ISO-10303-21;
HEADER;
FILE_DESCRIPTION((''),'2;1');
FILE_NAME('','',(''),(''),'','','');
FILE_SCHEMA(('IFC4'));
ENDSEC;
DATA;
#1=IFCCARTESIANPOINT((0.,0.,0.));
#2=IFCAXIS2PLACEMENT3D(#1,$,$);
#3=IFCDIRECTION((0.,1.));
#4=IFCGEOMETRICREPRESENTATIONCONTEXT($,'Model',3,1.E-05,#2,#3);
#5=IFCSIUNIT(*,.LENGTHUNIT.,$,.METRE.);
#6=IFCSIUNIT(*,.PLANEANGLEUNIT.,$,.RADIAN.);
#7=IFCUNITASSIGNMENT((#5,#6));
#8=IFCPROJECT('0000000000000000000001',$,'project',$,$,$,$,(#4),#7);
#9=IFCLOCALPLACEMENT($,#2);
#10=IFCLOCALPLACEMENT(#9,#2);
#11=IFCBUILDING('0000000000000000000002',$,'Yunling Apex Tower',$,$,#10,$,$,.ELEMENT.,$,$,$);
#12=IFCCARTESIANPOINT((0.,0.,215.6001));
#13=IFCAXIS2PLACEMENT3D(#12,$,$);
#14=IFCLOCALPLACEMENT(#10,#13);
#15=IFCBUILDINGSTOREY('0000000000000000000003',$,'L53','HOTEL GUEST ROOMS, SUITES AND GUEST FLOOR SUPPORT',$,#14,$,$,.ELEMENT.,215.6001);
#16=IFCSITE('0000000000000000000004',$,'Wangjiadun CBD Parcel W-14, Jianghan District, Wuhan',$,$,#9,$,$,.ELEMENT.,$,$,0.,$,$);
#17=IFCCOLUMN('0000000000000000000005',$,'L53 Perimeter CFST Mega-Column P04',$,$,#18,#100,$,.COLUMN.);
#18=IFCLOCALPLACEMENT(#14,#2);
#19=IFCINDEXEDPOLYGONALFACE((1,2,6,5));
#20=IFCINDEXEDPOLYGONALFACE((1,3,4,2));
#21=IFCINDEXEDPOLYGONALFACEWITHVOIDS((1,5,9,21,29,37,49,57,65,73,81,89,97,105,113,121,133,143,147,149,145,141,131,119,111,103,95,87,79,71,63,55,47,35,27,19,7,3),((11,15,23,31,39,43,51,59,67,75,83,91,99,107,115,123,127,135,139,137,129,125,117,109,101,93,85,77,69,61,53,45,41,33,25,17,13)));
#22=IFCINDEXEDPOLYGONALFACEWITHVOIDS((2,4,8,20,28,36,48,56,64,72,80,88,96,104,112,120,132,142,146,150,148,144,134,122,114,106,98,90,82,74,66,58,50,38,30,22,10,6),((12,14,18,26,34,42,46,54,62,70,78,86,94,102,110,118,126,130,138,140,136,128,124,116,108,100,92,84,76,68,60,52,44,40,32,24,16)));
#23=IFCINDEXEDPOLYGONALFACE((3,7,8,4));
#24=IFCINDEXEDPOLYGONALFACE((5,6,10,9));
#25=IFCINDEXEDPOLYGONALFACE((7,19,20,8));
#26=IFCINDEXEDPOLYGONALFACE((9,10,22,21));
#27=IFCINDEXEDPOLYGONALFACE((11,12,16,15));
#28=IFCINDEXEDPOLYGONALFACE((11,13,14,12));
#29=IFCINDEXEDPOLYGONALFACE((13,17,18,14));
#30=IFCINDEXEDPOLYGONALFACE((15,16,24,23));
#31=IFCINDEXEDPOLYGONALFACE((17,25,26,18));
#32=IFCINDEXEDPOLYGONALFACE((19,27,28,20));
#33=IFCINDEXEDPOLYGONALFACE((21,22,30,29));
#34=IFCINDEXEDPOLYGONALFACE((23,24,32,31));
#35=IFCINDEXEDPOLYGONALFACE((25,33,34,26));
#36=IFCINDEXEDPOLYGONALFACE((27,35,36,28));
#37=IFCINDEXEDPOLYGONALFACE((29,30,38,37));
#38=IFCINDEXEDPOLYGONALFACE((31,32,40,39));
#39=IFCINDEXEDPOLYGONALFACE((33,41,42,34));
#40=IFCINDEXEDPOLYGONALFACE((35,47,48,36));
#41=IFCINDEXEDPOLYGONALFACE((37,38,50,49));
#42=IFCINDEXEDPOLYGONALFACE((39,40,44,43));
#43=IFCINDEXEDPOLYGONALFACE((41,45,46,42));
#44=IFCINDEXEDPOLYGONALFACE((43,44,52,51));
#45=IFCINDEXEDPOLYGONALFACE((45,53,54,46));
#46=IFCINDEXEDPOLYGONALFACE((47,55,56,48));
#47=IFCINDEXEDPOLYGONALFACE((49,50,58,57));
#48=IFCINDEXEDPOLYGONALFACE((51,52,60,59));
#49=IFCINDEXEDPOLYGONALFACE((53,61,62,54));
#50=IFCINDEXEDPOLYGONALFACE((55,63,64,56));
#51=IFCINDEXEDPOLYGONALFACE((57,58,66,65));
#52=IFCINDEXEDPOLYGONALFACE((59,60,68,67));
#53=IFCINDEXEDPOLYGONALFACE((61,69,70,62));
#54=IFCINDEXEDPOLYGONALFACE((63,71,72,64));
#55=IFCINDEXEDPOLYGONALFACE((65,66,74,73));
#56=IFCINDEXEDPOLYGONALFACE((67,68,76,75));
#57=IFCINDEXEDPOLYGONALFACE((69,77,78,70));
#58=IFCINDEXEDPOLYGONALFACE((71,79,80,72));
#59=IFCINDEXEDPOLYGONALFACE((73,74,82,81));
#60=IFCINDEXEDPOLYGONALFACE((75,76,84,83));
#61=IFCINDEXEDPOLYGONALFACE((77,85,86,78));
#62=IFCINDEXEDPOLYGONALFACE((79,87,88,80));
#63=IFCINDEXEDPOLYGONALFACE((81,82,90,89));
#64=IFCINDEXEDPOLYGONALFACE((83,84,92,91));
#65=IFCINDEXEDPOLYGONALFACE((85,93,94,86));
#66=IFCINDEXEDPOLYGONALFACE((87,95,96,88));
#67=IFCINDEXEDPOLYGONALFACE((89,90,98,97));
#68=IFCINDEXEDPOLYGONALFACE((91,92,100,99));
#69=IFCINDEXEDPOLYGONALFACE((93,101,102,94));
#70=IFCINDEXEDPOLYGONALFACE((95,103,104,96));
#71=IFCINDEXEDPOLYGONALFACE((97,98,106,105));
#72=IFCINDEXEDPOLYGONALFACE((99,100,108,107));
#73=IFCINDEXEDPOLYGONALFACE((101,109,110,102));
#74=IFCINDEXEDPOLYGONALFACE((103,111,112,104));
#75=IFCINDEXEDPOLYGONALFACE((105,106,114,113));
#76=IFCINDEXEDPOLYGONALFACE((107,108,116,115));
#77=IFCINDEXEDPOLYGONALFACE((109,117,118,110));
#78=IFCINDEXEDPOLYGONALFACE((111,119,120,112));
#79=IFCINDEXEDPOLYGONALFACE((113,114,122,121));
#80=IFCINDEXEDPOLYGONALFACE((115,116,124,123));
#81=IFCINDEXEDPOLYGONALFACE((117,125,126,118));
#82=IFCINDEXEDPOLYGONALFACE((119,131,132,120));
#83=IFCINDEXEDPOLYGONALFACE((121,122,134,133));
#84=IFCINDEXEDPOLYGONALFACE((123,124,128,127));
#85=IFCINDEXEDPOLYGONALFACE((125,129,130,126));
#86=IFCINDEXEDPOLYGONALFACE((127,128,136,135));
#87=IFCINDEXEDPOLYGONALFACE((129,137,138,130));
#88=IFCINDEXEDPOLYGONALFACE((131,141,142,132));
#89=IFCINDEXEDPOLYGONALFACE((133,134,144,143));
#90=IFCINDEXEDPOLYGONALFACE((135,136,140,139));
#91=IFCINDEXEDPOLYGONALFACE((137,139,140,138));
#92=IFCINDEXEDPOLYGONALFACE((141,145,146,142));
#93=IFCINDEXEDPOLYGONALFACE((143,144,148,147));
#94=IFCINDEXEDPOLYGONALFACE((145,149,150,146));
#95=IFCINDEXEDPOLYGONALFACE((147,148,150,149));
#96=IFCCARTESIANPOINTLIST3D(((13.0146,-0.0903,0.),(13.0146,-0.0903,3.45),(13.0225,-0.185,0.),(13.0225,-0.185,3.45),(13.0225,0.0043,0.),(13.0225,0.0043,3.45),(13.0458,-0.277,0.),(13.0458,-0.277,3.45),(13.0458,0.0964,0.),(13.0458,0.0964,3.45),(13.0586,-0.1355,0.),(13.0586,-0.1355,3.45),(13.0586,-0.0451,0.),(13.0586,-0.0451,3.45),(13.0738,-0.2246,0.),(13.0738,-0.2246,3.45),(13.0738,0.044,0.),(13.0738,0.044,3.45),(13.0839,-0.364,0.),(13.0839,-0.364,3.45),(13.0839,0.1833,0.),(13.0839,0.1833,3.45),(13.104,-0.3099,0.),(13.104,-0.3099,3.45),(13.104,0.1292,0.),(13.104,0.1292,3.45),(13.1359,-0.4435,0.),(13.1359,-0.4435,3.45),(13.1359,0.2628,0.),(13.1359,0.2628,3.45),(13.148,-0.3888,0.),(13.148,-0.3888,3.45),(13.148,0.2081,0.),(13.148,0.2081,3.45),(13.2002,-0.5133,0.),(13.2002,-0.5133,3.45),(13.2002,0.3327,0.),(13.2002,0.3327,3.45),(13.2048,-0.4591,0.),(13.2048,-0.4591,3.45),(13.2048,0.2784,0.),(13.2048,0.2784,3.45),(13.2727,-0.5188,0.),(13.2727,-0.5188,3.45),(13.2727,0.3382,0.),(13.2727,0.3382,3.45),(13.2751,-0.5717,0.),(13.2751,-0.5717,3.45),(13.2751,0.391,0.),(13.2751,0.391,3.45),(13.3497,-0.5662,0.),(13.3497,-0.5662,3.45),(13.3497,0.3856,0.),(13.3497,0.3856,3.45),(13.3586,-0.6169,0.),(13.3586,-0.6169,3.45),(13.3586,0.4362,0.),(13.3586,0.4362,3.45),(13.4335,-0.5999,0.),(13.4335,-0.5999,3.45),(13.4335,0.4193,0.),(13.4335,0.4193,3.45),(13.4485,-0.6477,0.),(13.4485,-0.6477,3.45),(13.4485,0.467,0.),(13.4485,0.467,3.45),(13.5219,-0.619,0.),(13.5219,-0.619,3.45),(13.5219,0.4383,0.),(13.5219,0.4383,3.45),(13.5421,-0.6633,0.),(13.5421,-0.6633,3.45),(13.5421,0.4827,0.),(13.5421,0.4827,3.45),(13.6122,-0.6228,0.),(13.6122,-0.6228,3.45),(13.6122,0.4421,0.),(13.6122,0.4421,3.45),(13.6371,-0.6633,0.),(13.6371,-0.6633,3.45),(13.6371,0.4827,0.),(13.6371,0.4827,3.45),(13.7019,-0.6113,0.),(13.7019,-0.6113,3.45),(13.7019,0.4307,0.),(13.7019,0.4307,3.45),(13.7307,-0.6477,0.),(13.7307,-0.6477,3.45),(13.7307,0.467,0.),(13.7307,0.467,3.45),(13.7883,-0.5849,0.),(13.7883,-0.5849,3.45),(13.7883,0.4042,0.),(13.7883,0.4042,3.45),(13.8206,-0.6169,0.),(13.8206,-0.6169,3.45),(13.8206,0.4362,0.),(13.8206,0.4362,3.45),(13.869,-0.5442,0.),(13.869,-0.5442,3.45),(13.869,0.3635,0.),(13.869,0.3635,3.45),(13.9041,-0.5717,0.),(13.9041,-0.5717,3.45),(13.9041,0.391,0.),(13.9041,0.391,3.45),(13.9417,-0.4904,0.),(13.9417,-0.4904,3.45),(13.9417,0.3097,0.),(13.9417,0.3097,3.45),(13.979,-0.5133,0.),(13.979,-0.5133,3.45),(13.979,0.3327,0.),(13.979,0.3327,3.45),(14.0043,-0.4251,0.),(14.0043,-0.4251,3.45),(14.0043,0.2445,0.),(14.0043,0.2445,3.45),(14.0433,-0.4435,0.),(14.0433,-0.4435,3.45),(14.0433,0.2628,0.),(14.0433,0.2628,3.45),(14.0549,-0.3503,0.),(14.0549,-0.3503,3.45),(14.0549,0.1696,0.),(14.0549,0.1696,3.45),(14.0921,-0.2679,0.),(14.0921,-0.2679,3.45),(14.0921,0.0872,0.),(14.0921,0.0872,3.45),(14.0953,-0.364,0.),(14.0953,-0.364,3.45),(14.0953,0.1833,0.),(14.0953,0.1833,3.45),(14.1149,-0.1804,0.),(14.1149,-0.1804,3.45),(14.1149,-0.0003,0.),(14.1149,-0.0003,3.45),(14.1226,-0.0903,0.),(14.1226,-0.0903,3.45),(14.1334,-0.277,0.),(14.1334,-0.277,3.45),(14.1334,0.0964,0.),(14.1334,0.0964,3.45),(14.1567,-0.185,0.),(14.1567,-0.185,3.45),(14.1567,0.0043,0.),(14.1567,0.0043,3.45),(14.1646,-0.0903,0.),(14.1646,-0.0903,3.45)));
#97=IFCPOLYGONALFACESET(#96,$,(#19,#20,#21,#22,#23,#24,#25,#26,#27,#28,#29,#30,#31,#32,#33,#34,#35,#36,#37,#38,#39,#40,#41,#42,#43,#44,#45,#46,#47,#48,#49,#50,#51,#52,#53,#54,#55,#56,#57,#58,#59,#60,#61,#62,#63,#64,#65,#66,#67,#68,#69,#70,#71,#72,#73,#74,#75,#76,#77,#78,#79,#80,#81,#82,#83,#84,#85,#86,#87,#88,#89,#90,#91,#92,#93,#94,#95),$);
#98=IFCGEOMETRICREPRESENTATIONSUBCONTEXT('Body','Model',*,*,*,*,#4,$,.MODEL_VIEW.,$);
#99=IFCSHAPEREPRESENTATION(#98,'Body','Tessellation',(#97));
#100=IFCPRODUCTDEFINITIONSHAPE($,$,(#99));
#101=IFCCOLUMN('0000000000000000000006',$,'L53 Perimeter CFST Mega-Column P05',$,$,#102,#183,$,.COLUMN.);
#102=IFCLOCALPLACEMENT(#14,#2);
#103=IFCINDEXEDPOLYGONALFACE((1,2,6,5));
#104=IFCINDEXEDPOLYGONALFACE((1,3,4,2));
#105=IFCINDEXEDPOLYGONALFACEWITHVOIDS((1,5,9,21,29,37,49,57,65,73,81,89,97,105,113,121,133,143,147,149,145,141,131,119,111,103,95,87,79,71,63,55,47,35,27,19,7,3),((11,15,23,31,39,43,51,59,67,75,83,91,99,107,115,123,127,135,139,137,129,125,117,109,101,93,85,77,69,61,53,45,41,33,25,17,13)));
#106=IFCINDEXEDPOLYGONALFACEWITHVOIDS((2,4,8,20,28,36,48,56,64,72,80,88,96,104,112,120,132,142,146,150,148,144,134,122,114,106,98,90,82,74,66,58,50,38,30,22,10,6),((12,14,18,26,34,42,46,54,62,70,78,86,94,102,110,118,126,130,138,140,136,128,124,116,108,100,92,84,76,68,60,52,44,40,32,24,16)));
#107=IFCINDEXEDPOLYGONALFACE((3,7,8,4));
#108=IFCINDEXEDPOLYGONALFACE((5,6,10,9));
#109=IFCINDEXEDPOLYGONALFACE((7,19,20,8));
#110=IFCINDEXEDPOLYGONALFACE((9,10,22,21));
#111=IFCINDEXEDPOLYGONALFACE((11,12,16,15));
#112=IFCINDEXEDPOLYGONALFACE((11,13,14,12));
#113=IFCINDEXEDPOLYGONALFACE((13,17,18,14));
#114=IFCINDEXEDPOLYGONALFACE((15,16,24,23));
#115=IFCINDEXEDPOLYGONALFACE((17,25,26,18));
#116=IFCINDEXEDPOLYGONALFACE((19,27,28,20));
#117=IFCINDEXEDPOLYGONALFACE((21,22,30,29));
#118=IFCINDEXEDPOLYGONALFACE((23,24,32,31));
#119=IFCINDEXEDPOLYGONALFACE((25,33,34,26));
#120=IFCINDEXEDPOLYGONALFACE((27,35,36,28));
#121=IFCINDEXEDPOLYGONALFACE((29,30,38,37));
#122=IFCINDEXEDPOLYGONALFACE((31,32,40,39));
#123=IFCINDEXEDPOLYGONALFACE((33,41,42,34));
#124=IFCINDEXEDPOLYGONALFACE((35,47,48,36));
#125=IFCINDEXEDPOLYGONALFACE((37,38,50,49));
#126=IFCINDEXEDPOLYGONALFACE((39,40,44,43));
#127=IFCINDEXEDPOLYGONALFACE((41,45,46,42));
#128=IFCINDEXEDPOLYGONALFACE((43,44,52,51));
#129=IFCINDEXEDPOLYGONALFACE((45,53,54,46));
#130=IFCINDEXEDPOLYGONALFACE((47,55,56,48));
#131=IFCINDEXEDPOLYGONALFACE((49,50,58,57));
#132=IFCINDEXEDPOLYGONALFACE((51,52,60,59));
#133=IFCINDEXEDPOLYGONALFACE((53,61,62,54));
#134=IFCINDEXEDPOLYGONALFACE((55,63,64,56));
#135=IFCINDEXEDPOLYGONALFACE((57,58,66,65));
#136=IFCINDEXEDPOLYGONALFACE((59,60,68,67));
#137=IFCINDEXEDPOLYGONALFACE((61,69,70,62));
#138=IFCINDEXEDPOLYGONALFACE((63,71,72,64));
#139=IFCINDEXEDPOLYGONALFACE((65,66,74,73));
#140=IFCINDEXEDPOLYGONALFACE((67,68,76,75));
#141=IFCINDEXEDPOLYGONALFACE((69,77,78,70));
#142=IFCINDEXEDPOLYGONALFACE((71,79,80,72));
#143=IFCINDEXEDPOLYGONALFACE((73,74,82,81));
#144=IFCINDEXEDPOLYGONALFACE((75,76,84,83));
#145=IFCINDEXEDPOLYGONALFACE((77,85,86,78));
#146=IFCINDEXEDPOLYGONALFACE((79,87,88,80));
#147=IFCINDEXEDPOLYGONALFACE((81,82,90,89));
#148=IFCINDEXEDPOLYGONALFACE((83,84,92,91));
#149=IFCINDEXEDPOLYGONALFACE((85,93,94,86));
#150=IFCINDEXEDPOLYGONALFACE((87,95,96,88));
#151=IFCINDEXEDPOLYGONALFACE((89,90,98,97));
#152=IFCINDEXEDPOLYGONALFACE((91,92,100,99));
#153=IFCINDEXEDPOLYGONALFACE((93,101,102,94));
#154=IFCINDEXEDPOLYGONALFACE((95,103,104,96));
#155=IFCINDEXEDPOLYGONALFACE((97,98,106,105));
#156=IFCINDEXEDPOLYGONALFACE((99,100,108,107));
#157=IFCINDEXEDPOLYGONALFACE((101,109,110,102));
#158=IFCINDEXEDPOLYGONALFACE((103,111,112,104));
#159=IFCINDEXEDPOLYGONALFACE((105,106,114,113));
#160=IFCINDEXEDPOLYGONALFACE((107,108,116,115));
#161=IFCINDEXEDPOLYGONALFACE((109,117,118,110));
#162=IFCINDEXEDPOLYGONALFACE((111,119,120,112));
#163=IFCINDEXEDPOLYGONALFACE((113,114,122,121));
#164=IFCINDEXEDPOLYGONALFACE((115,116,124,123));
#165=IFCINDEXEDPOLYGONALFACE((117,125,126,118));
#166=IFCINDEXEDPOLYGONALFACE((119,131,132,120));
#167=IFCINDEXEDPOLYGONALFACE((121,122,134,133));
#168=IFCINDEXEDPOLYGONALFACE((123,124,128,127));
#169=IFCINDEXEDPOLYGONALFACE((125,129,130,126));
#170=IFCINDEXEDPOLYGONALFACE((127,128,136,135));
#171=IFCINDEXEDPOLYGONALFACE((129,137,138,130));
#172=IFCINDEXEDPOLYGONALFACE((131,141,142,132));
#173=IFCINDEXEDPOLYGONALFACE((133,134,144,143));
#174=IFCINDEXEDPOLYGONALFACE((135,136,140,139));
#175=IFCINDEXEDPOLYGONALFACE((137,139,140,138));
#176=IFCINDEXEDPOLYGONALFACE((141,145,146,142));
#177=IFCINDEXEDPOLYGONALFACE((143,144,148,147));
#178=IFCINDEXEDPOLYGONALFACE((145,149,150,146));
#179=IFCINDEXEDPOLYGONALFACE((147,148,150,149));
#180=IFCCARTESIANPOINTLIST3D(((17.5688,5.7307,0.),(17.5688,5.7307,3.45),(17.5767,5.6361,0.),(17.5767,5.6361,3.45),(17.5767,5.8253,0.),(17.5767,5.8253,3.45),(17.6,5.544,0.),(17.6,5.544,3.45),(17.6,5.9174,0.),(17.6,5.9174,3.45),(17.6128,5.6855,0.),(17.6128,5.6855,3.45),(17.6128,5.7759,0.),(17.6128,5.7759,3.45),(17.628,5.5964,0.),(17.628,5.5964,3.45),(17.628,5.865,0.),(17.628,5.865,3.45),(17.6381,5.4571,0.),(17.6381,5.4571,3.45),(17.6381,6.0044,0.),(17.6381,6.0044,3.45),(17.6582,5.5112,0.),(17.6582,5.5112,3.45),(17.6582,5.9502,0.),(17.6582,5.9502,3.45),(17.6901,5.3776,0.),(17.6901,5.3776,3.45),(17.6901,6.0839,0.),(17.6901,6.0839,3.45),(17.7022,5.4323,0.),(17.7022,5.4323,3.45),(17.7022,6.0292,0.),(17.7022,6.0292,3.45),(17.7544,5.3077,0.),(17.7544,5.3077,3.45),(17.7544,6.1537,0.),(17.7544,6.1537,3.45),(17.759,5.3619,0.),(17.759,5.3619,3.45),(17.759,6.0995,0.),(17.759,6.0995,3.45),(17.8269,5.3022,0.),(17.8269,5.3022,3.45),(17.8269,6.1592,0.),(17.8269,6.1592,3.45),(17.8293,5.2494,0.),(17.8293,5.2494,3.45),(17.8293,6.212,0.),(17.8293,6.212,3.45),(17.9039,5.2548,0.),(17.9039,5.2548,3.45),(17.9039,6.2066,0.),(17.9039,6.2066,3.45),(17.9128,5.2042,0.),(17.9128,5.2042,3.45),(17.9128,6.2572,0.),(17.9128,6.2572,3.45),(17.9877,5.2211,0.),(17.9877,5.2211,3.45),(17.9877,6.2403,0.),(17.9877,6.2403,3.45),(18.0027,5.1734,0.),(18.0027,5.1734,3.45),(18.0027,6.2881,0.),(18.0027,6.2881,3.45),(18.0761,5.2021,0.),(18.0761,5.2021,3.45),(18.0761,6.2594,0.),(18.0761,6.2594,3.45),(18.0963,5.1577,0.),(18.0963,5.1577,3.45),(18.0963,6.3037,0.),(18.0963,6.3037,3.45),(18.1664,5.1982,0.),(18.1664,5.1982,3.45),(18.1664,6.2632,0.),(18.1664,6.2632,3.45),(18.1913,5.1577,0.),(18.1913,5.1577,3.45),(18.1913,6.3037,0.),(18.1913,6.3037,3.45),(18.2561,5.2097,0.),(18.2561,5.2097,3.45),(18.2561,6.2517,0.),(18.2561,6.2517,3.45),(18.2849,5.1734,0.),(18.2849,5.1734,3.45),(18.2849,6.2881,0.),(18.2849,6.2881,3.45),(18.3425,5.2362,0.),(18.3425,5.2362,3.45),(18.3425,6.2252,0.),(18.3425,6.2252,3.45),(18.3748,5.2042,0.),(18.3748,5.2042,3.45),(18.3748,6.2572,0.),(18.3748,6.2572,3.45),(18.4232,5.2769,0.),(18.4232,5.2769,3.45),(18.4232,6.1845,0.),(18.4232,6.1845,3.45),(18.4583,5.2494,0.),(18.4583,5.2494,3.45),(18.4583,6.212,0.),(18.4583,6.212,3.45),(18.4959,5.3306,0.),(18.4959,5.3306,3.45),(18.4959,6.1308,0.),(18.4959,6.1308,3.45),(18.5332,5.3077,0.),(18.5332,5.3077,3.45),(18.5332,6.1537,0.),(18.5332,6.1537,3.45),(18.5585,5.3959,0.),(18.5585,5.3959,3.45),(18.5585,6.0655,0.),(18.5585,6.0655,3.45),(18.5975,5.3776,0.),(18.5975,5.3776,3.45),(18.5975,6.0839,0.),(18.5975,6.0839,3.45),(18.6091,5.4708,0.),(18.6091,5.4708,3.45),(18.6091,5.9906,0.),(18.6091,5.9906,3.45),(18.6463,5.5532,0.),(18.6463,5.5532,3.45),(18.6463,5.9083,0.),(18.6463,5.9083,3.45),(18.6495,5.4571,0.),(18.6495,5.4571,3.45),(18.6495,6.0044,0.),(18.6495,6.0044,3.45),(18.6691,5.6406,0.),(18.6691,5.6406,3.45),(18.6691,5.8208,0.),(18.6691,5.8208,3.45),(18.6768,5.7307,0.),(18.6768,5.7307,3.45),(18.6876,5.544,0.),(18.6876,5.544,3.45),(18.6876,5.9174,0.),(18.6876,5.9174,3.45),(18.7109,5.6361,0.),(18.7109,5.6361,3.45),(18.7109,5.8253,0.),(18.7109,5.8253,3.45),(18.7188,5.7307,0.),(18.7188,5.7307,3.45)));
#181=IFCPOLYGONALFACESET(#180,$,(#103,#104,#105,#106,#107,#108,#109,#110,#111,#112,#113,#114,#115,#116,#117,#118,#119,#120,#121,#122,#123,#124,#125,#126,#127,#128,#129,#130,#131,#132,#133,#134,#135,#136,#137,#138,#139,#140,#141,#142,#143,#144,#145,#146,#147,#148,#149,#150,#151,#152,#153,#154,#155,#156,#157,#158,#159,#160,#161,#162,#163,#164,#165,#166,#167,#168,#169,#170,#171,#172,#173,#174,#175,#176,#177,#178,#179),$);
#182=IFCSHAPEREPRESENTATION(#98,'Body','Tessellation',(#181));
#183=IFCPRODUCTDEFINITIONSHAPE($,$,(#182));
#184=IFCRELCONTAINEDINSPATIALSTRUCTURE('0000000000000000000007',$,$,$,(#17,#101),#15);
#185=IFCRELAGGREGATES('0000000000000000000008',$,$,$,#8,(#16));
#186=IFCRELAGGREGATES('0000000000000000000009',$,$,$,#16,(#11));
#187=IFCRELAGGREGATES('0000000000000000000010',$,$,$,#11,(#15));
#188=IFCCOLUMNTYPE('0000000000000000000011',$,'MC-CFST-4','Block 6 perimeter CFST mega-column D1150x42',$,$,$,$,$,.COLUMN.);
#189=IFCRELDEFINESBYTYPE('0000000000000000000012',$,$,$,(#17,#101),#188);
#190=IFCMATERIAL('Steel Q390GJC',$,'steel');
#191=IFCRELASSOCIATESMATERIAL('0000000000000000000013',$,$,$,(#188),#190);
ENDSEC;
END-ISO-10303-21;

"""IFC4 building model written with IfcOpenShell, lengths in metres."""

from ifc_helpers import new_model, si_unit, direction, frame, origin, origin_2d, place, context, subcontext, project, spatial, hollow_circle, extrude, source, transform, mapped, material, material_profile, profile_set, type_object, element, save


model = new_model("IFC4")

# Units and contexts
model_context = context("Model", 3, precision=1e-05, world=origin(), true_north=direction((0.0, 1.0)))
body_context = subcontext(model_context, "Body", "Model", "MODEL_VIEW")
ifc_project = project(units=[si_unit("LENGTHUNIT", "METRE"), si_unit("PLANEANGLEUNIT", "RADIAN")], contexts=[model_context])

# Site, building, storey
site_placement = place(None, origin())
site = spatial("IfcSite", under=ifc_project, at=site_placement, Name="Wangjiadun CBD Parcel W-14, Jianghan District, Wuhan", CompositionType="ELEMENT", RefElevation=0.0)
building_placement = place(site_placement, origin())
building = spatial("IfcBuilding", under=site, at=building_placement, Name="Yunling Apex Tower", CompositionType="ELEMENT")
storey_placement = place(building_placement, frame((0.0, 0.0, 215.6001)))
storey = spatial("IfcBuildingStorey", under=building, at=storey_placement, Name="L53", Description="HOTEL GUEST ROOMS, SUITES AND GUEST FLOOR SUPPORT", CompositionType="ELEMENT", Elevation=215.6001)

# Columns
ifc_material_1 = material(Name="Steel Q390GJC", Category="steel")
ifc_material_profile_1 = material_profile(ifc_material_1, hollow_circle(Radius=0.575, WallThickness=0.042, at=origin_2d()))
ifc_profile_set_1 = profile_set([ifc_material_profile_1], Name="Steel Q390GJC")
column_type = type_object("IfcColumnType", Name="MC-CFST-4", Description="Block 6 perimeter CFST mega-column D1150x42", PredefinedType="COLUMN", material=ifc_profile_set_1)
shared_shape_1 = source(origin(), body_context, "Body", "SweptSolid", [
    extrude(hollow_circle(Radius=0.575, WallThickness=0.042, at=origin_2d()), origin(), (0.0, 0.0, 1.0), 3.45),
])
for number, where, z_axis, x_axis, name in (
    (1, (13.5896, -0.0903, 0.0), (0.0, 0.0, 1.0), (1.0, 0.0, 0.0), "L53 Perimeter CFST Mega-Column P04"),
    (2, (18.1438, 5.7307, 0.0), (0.0, 0.0, 1.0), (1.0, 0.0, 0.0), "L53 Perimeter CFST Mega-Column P05"),
):
    element("IfcColumn", number, at=place(storey_placement, frame(where, z_axis=z_axis, x_axis=x_axis)), inside=storey, type_object=column_type, Name=name, PredefinedType="COLUMN", context=body_context, shape_type="MappedRepresentation", body=[
        mapped(shared_shape_1, transform((0.0, 0.0, 0.0), scale=1.0)),
    ])

save(model, "model.ifc")
